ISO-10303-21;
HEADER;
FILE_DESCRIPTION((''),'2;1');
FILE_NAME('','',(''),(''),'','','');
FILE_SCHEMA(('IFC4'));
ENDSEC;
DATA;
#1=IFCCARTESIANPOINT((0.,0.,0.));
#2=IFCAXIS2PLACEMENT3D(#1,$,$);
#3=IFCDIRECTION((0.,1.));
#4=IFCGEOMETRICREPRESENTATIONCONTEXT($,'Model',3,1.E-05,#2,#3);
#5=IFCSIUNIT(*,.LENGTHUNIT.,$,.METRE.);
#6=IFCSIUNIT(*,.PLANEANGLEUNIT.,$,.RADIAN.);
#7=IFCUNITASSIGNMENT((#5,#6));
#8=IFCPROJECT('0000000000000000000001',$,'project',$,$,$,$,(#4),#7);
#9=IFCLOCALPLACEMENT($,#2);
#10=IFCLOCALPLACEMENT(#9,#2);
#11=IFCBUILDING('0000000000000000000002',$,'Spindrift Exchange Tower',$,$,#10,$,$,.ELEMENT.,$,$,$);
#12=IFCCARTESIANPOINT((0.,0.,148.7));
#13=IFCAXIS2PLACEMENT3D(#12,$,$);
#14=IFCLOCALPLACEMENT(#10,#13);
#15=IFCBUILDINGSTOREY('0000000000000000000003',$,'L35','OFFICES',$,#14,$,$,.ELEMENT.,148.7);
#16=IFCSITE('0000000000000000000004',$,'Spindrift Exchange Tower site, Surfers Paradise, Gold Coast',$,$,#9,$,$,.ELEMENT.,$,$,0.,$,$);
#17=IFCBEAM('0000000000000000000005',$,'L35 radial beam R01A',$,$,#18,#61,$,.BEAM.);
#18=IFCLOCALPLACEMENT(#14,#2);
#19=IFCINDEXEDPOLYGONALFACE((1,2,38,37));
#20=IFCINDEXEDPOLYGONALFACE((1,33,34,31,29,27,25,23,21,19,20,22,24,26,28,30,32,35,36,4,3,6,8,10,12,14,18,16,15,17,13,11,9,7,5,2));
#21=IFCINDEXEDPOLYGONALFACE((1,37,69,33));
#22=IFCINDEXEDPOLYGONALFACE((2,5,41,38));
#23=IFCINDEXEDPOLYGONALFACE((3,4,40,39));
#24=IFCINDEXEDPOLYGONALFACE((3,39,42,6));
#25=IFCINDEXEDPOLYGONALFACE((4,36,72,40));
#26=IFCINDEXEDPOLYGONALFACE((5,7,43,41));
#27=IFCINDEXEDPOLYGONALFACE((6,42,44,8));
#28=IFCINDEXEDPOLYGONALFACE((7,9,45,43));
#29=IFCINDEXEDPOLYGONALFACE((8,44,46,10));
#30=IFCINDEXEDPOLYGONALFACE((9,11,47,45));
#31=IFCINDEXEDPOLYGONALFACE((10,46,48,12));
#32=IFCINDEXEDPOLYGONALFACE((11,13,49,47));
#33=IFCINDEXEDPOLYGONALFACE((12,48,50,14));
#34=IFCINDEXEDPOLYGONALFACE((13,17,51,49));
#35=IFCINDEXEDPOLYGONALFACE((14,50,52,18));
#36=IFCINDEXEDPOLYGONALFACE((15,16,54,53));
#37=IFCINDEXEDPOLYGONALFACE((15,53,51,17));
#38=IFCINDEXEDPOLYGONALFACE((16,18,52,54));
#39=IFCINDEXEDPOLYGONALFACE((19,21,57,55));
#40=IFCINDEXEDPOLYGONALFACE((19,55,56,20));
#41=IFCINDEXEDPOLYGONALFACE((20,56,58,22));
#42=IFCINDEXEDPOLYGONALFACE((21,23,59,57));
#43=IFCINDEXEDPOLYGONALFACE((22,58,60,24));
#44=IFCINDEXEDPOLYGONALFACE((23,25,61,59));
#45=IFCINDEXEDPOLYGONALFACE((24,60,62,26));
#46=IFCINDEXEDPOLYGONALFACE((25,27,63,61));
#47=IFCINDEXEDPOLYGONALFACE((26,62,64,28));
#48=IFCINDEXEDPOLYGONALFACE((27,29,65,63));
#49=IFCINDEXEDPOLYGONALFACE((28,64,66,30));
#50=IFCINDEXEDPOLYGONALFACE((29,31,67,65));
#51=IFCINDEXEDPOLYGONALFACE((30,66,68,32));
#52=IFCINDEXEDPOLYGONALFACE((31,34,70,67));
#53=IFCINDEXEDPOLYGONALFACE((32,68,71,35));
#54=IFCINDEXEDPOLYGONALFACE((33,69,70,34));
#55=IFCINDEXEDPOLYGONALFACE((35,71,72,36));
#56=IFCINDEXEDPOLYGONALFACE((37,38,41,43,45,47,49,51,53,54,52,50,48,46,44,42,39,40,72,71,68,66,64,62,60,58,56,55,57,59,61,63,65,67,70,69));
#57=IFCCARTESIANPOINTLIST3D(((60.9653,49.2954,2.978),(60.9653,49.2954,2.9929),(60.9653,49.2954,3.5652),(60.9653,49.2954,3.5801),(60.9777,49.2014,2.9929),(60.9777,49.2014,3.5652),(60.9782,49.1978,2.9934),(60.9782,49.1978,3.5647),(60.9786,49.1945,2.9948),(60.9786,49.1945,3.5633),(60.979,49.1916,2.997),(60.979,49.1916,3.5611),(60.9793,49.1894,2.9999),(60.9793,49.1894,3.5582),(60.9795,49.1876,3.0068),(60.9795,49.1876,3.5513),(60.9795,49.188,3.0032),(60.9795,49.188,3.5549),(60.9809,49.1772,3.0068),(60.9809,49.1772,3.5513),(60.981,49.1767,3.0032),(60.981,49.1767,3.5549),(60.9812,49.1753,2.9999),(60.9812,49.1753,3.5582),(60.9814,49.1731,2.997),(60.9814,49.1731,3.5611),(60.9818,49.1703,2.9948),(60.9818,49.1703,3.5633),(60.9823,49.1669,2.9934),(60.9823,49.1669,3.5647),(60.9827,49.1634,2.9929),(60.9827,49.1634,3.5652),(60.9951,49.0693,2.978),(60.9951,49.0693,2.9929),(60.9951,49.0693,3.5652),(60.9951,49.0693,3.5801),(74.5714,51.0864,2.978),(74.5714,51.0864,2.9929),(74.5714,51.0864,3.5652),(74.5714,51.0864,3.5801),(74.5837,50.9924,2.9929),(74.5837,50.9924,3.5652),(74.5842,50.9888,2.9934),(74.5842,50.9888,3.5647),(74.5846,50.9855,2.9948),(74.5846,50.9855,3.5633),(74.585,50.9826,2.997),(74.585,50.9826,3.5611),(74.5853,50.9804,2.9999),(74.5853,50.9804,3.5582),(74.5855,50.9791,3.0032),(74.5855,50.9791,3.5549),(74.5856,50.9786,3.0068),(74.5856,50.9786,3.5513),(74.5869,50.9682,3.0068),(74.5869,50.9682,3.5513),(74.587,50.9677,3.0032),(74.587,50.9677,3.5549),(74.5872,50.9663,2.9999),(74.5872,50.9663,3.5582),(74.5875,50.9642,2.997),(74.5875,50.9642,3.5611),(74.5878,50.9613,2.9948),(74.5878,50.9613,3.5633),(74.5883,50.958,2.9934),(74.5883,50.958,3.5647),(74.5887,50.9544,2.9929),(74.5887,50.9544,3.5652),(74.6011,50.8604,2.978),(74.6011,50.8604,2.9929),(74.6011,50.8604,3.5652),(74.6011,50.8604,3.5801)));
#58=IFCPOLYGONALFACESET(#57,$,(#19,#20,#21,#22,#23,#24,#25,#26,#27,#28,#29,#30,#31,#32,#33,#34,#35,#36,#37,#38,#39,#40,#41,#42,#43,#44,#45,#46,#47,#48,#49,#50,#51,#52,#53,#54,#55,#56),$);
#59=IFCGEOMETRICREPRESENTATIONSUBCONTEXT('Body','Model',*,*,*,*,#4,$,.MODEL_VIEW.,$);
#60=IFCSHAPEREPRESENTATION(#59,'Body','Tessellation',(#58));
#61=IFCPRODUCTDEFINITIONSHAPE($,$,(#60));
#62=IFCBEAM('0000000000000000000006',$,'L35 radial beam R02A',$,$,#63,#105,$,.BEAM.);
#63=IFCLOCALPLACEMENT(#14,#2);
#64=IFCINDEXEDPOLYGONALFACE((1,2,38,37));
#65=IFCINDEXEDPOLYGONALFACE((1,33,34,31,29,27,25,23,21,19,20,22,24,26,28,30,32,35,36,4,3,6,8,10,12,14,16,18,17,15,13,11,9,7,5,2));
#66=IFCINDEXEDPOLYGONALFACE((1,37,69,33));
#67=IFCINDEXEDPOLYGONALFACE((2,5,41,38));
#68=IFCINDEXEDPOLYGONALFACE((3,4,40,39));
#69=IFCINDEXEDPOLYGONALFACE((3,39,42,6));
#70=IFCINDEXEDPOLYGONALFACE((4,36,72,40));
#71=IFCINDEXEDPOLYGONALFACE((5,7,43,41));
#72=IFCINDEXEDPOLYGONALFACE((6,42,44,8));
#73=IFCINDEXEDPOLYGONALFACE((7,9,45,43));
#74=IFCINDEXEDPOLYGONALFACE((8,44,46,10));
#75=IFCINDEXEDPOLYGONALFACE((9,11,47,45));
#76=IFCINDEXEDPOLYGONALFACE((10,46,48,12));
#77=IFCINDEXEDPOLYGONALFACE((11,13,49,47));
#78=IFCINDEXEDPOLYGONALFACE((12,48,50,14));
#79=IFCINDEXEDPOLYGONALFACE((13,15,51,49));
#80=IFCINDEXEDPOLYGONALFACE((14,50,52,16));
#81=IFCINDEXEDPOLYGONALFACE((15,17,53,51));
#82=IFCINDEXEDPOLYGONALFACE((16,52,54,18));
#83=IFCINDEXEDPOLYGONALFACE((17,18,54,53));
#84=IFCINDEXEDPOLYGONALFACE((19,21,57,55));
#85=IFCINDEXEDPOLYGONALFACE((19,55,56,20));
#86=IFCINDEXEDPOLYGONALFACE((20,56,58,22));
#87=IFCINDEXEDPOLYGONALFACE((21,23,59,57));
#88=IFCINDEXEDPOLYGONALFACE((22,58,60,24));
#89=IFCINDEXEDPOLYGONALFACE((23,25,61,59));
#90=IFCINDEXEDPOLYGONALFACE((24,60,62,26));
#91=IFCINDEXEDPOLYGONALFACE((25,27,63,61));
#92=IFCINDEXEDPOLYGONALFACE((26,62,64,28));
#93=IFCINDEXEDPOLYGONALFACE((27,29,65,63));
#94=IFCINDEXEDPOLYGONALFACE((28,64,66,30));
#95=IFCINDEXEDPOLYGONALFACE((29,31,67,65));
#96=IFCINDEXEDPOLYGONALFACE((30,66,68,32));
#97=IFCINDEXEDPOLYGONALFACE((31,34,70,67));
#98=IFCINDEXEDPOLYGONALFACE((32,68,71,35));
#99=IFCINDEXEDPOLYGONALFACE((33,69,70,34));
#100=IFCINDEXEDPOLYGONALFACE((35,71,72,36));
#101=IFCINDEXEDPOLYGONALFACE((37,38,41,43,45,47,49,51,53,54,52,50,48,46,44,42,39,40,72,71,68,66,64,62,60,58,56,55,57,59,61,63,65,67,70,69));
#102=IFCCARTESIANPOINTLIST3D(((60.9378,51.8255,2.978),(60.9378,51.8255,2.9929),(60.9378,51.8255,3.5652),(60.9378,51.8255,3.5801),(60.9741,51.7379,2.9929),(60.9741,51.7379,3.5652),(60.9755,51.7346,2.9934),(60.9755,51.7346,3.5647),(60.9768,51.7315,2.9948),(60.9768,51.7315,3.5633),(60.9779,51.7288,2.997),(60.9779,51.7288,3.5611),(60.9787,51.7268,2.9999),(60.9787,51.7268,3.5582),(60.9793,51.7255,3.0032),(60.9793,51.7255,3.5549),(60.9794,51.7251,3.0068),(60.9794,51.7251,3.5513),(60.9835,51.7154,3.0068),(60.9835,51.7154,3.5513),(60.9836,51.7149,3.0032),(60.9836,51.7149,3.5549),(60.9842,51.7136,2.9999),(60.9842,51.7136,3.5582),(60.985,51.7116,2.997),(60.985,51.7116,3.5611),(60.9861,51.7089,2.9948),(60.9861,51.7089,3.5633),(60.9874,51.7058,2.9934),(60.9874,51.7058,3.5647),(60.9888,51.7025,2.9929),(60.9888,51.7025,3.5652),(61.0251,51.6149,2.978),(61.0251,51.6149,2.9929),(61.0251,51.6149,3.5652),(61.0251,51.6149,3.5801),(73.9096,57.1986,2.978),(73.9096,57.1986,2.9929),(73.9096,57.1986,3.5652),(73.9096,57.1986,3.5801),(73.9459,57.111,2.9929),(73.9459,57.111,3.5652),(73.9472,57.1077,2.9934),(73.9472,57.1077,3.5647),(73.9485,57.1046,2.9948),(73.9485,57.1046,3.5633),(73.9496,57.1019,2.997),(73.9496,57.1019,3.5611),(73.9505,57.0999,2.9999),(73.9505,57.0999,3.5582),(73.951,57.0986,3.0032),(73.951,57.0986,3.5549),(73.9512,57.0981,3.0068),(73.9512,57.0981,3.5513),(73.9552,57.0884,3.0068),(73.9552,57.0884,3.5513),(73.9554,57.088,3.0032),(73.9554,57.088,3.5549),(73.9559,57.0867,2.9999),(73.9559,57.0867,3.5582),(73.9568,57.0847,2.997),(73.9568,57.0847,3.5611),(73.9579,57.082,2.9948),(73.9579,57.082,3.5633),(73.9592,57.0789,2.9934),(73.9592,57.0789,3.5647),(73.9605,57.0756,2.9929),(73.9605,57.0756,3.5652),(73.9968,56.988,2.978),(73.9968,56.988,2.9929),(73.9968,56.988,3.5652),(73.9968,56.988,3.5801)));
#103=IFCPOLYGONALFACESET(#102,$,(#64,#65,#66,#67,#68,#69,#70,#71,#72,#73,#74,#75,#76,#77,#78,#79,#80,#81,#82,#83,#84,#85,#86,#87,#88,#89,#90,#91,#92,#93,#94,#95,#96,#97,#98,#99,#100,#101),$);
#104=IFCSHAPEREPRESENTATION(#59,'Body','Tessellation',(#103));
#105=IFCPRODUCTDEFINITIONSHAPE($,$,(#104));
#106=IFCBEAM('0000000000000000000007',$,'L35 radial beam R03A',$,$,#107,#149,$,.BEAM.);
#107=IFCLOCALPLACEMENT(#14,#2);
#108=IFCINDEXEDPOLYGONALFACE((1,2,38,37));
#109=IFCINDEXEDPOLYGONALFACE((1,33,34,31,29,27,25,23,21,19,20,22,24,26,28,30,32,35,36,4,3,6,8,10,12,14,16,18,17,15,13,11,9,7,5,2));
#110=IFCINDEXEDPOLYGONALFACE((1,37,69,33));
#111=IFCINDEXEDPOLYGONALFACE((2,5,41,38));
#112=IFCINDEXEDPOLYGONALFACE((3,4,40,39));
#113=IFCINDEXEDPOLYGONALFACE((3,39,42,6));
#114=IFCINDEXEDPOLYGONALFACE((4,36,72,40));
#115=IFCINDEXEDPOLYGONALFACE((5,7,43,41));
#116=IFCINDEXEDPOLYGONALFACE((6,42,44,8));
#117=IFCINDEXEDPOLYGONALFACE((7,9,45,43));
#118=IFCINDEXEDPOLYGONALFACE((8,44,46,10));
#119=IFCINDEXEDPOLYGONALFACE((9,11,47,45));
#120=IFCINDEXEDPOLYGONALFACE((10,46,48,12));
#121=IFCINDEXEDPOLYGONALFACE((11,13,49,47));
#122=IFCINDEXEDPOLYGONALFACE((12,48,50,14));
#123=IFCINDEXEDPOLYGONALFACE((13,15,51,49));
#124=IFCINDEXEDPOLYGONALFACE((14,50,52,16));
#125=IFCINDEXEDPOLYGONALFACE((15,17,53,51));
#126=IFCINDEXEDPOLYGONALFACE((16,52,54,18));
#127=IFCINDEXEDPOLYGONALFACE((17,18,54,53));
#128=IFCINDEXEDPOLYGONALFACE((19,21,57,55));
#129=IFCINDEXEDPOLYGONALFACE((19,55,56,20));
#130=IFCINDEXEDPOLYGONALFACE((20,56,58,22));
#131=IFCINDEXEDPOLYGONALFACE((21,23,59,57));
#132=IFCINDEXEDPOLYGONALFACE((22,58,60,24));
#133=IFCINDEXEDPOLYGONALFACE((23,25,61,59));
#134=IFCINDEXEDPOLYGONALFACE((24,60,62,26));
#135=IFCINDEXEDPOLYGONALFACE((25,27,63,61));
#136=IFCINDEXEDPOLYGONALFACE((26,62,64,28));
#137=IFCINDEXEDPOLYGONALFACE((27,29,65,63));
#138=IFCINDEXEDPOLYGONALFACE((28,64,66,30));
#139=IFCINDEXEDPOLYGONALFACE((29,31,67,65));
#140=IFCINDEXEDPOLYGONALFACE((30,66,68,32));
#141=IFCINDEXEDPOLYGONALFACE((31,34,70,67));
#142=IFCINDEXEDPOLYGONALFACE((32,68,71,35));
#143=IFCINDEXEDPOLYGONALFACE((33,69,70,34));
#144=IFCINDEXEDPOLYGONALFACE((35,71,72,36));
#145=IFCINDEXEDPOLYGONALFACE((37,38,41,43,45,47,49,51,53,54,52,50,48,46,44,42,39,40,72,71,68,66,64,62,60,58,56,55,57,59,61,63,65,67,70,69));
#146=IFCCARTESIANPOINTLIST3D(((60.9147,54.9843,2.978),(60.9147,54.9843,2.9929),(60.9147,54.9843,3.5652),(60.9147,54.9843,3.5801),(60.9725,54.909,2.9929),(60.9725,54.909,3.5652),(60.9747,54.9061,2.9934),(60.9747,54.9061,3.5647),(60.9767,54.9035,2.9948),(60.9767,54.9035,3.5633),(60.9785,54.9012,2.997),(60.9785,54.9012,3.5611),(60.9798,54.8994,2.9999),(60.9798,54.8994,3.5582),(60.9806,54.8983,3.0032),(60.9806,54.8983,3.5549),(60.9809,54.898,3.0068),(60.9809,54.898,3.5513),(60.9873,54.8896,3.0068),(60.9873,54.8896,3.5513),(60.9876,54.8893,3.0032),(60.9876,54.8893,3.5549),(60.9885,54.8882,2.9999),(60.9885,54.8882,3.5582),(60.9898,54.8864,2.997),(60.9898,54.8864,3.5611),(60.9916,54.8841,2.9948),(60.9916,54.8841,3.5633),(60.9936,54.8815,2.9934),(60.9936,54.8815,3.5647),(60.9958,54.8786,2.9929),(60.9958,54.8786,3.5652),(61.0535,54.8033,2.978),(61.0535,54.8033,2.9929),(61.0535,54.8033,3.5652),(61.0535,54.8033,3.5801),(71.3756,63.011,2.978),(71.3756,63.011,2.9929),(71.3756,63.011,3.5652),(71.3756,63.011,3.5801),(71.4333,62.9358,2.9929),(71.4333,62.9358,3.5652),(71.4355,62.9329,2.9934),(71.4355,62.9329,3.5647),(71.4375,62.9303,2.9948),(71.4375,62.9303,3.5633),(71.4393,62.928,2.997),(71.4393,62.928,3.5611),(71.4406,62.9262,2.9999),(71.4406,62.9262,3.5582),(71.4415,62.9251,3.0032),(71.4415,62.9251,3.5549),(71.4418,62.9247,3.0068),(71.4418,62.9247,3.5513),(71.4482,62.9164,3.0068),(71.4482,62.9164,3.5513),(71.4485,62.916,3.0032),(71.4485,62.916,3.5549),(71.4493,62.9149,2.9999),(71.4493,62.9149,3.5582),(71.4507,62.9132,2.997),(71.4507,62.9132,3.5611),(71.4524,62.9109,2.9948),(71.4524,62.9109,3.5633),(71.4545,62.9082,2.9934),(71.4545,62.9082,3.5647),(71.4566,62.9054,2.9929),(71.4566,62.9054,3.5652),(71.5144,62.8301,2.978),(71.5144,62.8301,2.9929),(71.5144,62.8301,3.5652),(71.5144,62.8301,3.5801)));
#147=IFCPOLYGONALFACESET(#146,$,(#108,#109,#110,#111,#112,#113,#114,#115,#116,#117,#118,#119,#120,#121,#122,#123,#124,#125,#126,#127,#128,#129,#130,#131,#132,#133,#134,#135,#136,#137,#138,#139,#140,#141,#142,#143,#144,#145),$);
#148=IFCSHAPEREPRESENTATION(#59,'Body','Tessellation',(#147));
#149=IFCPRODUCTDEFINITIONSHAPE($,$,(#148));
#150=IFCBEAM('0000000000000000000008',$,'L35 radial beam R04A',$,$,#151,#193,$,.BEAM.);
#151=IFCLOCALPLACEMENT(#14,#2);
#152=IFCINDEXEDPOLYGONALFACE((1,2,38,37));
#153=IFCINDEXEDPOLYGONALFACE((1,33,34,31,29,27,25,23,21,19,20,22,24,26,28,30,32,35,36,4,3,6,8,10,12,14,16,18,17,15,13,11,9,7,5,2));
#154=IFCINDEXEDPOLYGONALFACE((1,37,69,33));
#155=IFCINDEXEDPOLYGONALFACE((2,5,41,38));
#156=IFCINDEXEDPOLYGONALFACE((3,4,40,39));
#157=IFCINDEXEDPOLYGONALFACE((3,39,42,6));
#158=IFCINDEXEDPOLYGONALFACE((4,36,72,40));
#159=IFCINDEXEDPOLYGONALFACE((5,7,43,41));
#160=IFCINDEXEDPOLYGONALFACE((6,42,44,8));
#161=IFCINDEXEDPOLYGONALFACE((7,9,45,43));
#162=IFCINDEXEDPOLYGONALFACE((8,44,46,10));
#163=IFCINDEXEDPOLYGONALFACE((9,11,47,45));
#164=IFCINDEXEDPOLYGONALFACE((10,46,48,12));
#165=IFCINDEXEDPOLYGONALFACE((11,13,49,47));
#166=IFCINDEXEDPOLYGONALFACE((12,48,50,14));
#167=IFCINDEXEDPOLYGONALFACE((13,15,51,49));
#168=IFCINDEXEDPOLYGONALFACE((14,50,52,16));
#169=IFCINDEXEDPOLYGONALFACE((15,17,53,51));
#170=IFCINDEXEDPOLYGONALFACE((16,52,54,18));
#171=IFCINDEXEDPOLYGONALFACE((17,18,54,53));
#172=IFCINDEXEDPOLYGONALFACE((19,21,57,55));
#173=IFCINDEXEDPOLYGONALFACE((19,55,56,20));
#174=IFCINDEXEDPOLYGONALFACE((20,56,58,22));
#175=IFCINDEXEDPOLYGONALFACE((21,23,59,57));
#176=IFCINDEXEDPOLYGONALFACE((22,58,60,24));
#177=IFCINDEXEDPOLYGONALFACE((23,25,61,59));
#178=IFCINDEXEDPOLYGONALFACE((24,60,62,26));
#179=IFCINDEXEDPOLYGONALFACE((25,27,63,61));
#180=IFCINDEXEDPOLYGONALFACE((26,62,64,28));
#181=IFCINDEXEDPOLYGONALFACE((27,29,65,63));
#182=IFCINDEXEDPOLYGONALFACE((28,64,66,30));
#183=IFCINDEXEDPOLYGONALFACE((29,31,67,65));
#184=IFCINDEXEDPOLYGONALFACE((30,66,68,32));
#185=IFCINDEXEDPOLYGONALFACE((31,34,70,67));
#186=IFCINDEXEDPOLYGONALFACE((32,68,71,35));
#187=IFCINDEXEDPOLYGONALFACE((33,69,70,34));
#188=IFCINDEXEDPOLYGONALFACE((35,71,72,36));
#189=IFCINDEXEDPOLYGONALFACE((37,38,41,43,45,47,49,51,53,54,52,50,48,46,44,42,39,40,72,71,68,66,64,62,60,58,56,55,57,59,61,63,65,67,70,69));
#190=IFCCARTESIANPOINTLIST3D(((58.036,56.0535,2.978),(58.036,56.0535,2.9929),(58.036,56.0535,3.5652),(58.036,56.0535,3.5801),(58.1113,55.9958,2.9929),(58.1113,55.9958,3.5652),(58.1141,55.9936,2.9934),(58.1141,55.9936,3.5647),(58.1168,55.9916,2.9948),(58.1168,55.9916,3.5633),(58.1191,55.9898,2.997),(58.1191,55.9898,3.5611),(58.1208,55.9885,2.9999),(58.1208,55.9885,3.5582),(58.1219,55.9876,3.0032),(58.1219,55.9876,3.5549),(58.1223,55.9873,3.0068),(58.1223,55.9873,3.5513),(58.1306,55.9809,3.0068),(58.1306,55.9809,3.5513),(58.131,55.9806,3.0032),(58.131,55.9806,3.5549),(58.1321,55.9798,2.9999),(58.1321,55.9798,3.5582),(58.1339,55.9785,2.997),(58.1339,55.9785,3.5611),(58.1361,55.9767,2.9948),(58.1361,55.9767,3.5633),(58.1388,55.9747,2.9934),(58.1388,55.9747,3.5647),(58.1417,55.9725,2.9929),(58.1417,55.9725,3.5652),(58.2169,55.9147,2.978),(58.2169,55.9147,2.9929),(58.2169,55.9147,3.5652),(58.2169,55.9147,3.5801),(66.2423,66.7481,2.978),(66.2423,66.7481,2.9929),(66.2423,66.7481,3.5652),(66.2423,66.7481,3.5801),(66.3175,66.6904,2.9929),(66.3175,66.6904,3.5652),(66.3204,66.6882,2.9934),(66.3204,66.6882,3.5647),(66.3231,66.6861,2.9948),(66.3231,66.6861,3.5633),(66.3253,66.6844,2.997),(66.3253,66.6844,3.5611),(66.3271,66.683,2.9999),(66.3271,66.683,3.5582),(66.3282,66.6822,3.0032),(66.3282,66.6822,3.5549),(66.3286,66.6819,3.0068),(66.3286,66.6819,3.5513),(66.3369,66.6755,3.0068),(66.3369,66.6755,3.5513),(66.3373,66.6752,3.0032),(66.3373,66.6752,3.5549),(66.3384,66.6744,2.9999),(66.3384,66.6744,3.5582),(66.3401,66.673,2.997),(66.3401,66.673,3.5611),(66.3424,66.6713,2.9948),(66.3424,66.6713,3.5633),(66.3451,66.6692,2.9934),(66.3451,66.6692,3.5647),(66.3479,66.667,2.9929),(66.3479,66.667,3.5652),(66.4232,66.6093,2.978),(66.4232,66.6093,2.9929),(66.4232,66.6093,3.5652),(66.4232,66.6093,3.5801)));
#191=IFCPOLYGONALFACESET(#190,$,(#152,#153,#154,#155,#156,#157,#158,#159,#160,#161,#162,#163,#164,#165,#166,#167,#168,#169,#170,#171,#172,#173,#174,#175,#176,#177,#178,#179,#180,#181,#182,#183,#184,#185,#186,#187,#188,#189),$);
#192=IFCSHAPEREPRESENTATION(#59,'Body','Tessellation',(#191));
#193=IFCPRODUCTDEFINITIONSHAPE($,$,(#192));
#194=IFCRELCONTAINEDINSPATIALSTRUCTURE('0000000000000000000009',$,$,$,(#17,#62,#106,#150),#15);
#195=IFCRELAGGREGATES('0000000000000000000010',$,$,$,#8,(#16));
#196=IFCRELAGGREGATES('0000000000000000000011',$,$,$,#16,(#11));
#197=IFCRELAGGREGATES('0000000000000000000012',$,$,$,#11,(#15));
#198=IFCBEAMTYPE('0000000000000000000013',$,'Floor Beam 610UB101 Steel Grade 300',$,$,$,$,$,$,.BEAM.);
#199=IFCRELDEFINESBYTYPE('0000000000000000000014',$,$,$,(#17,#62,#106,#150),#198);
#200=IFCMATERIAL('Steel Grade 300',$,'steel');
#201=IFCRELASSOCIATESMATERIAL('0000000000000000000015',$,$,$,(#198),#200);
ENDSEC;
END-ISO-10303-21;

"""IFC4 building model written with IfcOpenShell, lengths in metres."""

from ifc_helpers import new_model, si_unit, direction, frame, origin, origin_2d, place, context, subcontext, project, spatial, i_section, extrude, source, transform, mapped, material, material_profile, profile_set, type_object, element, save


model = new_model("IFC4")

# Units and contexts
model_context = context("Model", 3, precision=1e-05, world=origin(), true_north=direction((0.0, 1.0)))
body_context = subcontext(model_context, "Body", "Model", "MODEL_VIEW")
ifc_project = project(units=[si_unit("LENGTHUNIT", "METRE"), si_unit("PLANEANGLEUNIT", "RADIAN")], contexts=[model_context])

# Site, building, storey
site_placement = place(None, origin())
site = spatial("IfcSite", under=ifc_project, at=site_placement, Name="Spindrift Exchange Tower site, Surfers Paradise, Gold Coast", CompositionType="ELEMENT", RefElevation=0.0)
building_placement = place(site_placement, origin())
building = spatial("IfcBuilding", under=site, at=building_placement, Name="Spindrift Exchange Tower", CompositionType="ELEMENT")
storey_placement = place(building_placement, frame((0.0, 0.0, 148.7)))
storey = spatial("IfcBuildingStorey", under=building, at=storey_placement, Name="L35", Description="OFFICES", CompositionType="ELEMENT", Elevation=148.7)

# Beams
ifc_material_1 = material(Name="Steel Grade 300", Category="steel")
ifc_material_profile = material_profile(ifc_material_1, i_section(OverallWidth=0.228, OverallDepth=0.6021, WebThickness=0.0105, FlangeThickness=0.0149, FilletRadius=0.0139, at=origin_2d()), Name="610UB101")
ifc_profile_set = profile_set([ifc_material_profile], Name="Steel Grade 300")
beam_type = type_object("IfcBeamType", Name="Floor Beam 610UB101 Steel Grade 300", PredefinedType="BEAM", material=ifc_profile_set)
shared_shape_1 = source(origin(), body_context, "Body", "SweptSolid", [
    extrude(i_section(OverallWidth=0.228, OverallDepth=0.6021, WebThickness=0.0105, FlangeThickness=0.0149, FilletRadius=0.0139, at=origin_2d()), origin(), (0.0, 0.0, 1.0), 13.7234),
])
beam_1_placement = place(storey_placement, frame((60.9802, 49.1824, 3.2791), z_axis=(0.991447, 0.130509, 0.0), x_axis=(-0.130509, 0.991447, 0.0)))
element("IfcBeam", 1, at=beam_1_placement, inside=storey, type_object=beam_type, Name="L35 radial beam R01A", PredefinedType="BEAM", context=body_context, shape_type="MappedRepresentation", body=[
    mapped(shared_shape_1, transform((0.0, 0.0, 0.0), scale=1.0)),
])
shared_shape_2 = source(origin(), body_context, "Body", "SweptSolid", [
    extrude(i_section(OverallWidth=0.228, OverallDepth=0.6021, WebThickness=0.0105, FlangeThickness=0.0149, FilletRadius=0.0139, at=origin_2d()), origin(), (0.0, 0.0, 1.0), 14.0405),
])
beam_2_placement = place(storey_placement, frame((60.9814, 51.7202, 3.2791), z_axis=(0.92388, 0.382684, 0.0), x_axis=(-0.382684, 0.92388, 0.0)))
element("IfcBeam", 2, at=beam_2_placement, inside=storey, type_object=beam_type, Name="L35 radial beam R02A", PredefinedType="BEAM", context=body_context, shape_type="MappedRepresentation", body=[
    mapped(shared_shape_2, transform((0.0, 0.0, 0.0), scale=1.0)),
])
shared_shape_3 = source(origin(), body_context, "Body", "SweptSolid", [
    extrude(i_section(OverallWidth=0.228, OverallDepth=0.6021, WebThickness=0.0105, FlangeThickness=0.0149, FilletRadius=0.0139, at=origin_2d()), origin(), (0.0, 0.0, 1.0), 13.1855),
])
beam_3_placement = place(storey_placement, frame((60.9841, 54.8938, 3.2791), z_axis=(0.793357, 0.608756, 0.0), x_axis=(-0.608756, 0.793357, 0.0)))
element("IfcBeam", 3, at=beam_3_placement, inside=storey, type_object=beam_type, Name="L35 radial beam R03A", PredefinedType="BEAM", context=body_context, shape_type="MappedRepresentation", body=[
    mapped(shared_shape_3, transform((0.0, 0.0, 0.0), scale=1.0)),
])
shared_shape_4 = source(origin(), body_context, "Body", "SweptSolid", [
    extrude(i_section(OverallWidth=0.228, OverallDepth=0.6021, WebThickness=0.0105, FlangeThickness=0.0149, FilletRadius=0.0139, at=origin_2d()), origin(), (0.0, 0.0, 1.0), 13.4802),
])
beam_4_placement = place(storey_placement, frame((58.1265, 55.9841, 3.2791), z_axis=(0.608764, 0.793351, 0.0), x_axis=(-0.793351, 0.608764, 0.0)))
element("IfcBeam", 4, at=beam_4_placement, inside=storey, type_object=beam_type, Name="L35 radial beam R04A", PredefinedType="BEAM", context=body_context, shape_type="MappedRepresentation", body=[
    mapped(shared_shape_4, transform((0.0, 0.0, 0.0), scale=1.0)),
])

save(model, "model.ifc")
